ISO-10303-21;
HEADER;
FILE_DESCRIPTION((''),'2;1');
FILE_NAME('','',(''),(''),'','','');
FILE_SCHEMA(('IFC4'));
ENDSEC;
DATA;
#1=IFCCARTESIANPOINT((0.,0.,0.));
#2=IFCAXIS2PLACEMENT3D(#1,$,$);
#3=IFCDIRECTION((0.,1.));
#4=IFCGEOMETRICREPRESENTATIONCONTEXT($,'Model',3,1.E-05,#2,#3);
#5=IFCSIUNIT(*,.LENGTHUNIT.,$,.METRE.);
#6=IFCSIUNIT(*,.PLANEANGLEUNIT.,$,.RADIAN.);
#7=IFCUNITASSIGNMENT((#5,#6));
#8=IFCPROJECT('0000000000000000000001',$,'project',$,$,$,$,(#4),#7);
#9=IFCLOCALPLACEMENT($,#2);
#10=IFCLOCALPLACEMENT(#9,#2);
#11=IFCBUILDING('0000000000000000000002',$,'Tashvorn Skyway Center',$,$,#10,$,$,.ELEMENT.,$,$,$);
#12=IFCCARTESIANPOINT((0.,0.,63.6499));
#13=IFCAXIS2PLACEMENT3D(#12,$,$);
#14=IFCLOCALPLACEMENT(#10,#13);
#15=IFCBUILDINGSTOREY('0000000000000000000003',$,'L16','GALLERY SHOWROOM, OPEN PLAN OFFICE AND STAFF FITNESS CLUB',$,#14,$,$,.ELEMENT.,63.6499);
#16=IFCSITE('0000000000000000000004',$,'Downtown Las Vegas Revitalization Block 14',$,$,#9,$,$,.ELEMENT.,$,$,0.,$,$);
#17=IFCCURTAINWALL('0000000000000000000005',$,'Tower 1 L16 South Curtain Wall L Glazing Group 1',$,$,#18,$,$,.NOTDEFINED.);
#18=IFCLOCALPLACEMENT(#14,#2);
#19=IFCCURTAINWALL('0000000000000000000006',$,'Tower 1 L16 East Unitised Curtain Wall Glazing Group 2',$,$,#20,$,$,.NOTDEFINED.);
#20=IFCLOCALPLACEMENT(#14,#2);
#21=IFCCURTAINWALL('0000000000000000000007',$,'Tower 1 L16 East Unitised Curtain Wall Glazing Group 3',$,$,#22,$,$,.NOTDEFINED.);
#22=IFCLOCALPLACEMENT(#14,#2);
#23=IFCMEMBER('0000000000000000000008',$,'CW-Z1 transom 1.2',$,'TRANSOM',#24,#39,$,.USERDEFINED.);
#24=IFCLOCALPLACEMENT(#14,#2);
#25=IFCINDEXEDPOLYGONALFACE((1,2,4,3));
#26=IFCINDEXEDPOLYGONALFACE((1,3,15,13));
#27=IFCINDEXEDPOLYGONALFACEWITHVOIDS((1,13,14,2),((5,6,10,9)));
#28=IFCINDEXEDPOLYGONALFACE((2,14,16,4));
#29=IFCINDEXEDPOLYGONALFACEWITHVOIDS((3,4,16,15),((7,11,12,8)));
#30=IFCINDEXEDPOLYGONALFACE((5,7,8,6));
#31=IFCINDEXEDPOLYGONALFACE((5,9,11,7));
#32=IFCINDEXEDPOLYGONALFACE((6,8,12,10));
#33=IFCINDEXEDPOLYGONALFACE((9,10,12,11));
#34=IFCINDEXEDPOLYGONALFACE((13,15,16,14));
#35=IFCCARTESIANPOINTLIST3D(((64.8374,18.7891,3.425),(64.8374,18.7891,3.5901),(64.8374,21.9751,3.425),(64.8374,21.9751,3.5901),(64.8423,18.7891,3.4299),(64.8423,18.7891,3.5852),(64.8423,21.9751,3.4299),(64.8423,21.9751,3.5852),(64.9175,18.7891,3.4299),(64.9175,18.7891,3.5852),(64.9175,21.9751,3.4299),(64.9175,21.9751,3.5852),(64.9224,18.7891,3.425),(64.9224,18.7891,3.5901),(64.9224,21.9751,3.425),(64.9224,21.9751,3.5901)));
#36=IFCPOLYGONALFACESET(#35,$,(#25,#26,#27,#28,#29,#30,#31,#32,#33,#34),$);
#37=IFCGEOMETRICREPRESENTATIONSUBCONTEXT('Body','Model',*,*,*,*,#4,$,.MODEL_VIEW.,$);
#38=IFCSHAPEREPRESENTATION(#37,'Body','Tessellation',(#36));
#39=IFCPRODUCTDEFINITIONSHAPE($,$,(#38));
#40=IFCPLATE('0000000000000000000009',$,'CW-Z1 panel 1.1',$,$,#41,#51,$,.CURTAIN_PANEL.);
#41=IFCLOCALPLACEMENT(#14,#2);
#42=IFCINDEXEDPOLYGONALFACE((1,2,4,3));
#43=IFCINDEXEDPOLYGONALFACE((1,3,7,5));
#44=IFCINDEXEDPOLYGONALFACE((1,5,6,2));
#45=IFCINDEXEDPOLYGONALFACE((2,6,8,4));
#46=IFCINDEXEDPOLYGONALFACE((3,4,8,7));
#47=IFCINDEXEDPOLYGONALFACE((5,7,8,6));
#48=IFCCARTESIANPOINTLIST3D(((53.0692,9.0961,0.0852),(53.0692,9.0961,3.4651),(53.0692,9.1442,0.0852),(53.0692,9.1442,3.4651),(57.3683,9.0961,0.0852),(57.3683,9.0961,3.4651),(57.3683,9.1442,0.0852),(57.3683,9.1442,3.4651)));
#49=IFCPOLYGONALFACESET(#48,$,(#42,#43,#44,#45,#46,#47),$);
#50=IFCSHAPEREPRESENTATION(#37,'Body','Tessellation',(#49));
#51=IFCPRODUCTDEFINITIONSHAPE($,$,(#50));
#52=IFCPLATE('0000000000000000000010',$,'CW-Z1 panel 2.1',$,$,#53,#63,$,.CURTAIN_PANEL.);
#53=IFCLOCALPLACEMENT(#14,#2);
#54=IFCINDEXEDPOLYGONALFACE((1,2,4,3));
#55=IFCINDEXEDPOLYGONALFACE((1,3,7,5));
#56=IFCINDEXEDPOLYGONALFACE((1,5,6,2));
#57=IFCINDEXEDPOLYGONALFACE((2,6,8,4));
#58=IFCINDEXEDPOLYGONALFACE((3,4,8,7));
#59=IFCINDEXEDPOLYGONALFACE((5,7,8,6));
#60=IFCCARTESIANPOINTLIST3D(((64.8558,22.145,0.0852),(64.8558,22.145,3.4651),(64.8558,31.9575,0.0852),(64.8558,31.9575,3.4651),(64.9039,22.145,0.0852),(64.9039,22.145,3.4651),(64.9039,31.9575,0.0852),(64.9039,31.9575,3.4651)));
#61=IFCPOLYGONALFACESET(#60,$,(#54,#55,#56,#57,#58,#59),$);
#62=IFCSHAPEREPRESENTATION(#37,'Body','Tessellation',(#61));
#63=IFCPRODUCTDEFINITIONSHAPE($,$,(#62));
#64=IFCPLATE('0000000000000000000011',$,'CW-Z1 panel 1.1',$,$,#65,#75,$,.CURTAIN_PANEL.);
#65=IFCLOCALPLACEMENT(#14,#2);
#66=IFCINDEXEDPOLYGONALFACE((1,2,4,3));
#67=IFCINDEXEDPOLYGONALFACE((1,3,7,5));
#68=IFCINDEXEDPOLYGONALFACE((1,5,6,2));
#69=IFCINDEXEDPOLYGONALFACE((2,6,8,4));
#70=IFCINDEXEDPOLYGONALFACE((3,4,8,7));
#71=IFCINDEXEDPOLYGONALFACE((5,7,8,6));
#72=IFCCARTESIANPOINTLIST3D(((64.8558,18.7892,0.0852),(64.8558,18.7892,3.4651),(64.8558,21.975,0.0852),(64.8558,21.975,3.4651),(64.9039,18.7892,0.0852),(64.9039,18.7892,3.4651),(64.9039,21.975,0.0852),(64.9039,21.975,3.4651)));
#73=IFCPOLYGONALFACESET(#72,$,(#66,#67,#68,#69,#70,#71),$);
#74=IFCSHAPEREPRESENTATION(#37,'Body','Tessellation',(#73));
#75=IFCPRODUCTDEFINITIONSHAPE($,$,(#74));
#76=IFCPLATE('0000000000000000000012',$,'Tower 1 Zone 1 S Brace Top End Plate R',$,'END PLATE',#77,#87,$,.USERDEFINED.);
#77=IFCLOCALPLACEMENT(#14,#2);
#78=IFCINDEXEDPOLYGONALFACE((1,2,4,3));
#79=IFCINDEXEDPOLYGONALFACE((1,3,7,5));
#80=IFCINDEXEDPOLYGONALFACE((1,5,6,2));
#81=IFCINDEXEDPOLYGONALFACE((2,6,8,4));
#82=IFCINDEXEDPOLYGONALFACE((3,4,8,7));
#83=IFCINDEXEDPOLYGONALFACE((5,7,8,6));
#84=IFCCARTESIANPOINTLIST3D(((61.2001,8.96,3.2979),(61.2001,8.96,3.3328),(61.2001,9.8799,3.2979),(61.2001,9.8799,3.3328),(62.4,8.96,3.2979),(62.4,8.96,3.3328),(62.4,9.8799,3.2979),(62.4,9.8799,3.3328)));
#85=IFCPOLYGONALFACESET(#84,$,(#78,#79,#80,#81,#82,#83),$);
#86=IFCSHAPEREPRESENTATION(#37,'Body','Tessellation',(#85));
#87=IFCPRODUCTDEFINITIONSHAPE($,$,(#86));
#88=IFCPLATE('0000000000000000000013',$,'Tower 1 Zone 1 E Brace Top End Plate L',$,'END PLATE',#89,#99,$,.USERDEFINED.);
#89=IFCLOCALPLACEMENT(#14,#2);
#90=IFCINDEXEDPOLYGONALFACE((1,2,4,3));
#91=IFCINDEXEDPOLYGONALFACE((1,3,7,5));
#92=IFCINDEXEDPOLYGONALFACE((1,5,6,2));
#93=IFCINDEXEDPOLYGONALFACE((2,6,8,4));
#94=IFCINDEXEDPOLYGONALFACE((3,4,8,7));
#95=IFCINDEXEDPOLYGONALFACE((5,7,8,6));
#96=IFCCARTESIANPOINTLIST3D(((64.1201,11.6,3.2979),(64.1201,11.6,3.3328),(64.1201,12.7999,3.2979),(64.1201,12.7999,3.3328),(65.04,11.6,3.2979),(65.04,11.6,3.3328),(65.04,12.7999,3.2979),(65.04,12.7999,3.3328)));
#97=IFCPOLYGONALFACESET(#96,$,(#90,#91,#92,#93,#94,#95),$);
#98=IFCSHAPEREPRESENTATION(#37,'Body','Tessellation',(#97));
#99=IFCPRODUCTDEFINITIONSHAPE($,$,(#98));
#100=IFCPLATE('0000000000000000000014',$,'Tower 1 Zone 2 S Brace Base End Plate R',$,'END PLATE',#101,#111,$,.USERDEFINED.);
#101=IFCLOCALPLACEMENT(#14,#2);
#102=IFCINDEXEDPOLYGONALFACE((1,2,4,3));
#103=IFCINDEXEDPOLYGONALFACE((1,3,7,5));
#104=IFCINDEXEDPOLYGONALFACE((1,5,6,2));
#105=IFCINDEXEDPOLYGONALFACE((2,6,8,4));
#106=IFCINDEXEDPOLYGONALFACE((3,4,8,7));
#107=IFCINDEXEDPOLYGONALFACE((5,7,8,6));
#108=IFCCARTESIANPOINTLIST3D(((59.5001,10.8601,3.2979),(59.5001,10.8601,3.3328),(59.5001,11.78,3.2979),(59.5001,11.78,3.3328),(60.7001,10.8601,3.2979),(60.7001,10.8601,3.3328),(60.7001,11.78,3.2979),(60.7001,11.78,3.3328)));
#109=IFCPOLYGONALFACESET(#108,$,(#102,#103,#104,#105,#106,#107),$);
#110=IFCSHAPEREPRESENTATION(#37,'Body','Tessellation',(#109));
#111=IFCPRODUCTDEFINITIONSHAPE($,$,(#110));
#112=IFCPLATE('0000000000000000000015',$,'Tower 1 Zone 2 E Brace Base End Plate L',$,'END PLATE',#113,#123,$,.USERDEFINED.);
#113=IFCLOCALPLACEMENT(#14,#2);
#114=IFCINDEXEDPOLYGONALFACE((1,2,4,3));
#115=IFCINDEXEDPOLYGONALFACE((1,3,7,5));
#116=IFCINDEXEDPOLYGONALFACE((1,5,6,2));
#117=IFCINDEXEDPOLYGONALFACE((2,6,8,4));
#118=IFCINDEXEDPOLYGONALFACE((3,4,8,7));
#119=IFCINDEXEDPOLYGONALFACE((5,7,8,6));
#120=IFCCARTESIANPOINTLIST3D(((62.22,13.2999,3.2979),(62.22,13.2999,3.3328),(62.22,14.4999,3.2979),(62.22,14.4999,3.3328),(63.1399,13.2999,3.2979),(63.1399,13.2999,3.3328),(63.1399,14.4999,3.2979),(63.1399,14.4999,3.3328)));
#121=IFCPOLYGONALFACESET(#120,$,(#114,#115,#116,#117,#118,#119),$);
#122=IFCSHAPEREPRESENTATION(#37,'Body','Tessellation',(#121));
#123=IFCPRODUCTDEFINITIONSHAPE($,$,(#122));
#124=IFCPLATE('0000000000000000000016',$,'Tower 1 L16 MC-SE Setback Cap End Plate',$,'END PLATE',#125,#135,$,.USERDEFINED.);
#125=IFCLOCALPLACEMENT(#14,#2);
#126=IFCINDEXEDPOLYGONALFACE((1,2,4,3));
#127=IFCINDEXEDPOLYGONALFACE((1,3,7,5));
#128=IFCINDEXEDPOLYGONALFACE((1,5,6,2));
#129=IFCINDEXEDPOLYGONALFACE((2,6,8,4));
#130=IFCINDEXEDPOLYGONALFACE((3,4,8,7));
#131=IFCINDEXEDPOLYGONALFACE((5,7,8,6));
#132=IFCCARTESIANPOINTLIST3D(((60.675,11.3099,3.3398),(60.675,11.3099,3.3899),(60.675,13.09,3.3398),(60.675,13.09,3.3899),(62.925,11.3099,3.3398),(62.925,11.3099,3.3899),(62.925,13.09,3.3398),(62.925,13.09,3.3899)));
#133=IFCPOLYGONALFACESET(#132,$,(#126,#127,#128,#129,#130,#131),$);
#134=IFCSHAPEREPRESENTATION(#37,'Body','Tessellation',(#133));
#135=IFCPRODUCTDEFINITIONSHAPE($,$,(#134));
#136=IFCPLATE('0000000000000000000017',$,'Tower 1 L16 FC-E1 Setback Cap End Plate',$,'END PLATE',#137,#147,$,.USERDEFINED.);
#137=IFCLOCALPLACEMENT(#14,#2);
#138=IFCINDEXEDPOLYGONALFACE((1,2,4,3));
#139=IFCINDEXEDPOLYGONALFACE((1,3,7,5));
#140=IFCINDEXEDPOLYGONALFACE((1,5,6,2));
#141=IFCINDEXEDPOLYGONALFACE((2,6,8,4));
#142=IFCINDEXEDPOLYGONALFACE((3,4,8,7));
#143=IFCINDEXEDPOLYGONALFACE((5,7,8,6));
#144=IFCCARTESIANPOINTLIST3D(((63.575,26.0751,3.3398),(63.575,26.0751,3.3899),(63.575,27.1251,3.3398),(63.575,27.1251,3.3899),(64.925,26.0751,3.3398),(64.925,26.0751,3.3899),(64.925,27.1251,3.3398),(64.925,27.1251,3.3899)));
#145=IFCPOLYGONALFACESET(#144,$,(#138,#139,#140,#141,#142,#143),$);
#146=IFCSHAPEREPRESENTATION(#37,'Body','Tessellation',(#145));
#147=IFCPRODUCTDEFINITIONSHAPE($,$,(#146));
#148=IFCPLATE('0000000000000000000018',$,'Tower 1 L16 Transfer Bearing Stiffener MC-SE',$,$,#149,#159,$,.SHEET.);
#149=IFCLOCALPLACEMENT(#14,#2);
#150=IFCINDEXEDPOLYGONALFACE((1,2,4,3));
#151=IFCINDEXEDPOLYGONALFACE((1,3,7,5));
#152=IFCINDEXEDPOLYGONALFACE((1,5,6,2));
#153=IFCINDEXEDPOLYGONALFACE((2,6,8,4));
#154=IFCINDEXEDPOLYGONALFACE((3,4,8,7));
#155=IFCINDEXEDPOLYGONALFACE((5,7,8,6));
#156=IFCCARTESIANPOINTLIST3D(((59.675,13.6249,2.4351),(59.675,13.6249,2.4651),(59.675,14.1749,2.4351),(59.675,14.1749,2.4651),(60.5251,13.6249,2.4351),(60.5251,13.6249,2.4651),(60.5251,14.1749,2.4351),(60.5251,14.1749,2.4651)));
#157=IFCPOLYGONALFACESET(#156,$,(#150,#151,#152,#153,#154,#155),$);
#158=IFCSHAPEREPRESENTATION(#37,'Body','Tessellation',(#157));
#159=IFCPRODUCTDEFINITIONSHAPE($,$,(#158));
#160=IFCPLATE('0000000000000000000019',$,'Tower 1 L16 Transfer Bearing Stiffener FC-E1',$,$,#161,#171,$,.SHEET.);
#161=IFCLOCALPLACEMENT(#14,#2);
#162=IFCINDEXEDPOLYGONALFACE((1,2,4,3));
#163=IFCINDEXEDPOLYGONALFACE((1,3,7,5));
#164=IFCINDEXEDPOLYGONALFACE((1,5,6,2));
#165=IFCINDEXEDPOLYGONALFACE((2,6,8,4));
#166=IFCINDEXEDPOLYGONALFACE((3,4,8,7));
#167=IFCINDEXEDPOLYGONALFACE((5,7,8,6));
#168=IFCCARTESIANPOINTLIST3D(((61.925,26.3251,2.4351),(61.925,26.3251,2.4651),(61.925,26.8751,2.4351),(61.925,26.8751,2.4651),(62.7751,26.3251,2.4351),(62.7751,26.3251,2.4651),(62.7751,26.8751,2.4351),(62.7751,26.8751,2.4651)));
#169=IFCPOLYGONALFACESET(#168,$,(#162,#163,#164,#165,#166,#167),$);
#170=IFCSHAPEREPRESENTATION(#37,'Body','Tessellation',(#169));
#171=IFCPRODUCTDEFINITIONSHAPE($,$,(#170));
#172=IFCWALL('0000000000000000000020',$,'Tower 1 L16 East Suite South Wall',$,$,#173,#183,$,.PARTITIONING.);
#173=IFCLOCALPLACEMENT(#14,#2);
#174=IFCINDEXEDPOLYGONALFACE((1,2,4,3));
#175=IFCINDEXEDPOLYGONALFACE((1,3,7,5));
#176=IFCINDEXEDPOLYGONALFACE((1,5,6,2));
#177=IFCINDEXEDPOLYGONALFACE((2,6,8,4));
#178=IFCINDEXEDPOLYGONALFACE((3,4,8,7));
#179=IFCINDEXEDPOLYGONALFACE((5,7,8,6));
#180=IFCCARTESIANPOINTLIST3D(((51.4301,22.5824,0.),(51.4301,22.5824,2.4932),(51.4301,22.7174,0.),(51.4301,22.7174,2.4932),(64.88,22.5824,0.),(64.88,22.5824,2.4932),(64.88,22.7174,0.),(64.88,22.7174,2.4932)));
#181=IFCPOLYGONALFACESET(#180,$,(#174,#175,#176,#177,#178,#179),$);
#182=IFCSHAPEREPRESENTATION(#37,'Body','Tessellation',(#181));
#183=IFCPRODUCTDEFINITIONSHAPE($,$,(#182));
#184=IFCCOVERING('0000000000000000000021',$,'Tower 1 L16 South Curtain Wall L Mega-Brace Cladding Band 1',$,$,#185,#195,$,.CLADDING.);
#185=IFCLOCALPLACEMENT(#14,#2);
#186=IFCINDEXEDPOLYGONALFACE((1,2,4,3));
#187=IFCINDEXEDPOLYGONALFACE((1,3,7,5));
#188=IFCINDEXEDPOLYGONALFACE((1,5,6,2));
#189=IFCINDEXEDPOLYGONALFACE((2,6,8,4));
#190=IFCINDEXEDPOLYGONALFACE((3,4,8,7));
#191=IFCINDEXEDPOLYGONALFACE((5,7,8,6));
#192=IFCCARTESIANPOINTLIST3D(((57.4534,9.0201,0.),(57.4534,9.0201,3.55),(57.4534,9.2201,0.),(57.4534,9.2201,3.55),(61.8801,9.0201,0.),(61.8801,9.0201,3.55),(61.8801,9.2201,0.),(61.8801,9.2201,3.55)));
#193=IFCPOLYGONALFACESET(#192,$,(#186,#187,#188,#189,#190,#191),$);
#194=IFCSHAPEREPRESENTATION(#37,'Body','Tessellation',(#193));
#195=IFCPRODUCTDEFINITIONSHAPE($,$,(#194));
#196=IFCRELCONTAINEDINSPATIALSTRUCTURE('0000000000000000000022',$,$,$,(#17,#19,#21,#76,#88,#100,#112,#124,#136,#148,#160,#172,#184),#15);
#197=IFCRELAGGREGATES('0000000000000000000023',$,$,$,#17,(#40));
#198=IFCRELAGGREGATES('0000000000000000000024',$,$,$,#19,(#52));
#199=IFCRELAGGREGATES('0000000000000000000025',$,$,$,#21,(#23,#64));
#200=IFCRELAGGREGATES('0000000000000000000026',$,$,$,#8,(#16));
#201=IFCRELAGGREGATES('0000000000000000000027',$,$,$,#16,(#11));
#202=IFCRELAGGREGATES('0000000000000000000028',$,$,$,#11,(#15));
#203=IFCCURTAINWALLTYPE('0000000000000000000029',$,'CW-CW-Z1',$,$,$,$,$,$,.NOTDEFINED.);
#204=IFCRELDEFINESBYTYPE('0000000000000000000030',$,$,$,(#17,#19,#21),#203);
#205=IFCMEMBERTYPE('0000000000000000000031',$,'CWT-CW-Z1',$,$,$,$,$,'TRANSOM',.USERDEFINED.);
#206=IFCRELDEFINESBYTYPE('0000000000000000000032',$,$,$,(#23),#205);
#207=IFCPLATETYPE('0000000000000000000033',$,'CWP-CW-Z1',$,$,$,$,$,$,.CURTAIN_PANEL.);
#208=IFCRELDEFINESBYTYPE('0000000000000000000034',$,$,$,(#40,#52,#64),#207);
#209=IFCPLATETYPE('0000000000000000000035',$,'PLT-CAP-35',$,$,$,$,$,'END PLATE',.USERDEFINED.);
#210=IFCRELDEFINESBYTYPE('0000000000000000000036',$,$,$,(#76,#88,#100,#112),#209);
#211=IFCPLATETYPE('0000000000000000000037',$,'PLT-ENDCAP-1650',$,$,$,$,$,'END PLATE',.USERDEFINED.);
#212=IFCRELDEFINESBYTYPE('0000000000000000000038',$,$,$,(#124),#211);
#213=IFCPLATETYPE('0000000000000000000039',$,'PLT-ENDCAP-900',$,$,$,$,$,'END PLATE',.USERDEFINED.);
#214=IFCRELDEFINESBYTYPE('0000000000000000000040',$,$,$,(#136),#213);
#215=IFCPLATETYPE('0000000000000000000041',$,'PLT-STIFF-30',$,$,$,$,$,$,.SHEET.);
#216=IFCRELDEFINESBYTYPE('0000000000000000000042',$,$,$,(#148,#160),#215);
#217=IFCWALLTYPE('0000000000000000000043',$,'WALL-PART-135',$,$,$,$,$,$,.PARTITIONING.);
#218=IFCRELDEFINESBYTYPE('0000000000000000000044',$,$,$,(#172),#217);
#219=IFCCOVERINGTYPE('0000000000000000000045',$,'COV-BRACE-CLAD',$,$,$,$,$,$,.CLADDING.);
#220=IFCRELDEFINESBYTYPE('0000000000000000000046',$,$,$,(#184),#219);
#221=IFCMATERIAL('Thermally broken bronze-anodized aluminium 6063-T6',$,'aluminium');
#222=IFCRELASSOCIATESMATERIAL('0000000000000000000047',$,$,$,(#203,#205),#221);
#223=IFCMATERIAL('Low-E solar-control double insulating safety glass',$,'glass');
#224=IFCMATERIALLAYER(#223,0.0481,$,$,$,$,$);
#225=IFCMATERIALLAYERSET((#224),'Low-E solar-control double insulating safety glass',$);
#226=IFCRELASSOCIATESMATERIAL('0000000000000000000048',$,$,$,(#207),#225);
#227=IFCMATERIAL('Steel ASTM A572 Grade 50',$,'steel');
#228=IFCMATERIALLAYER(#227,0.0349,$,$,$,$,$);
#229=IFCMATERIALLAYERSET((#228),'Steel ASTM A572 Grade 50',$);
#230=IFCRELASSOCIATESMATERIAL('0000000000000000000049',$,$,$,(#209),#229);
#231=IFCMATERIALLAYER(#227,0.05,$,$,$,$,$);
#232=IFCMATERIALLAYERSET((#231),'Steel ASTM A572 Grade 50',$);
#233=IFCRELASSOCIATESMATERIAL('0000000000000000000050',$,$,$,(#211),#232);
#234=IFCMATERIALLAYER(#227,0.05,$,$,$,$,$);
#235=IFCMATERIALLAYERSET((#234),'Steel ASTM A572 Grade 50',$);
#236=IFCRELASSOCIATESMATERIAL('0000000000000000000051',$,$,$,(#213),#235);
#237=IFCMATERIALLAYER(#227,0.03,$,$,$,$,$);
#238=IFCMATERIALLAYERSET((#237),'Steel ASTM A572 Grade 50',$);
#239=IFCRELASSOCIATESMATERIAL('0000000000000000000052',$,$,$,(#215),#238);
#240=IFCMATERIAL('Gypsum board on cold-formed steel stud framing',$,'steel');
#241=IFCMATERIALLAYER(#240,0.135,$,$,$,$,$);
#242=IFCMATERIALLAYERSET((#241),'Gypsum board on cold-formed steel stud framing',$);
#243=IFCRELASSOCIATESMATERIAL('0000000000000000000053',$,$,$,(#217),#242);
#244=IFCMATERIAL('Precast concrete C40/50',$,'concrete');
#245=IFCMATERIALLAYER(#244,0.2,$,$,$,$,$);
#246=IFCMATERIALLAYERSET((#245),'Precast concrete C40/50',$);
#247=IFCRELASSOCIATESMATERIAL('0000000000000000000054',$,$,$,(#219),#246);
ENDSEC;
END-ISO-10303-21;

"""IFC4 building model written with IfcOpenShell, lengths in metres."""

from ifc_helpers import new_model, si_unit, direction, frame, frame_2d, origin, origin_2d, place, context, subcontext, project, spatial, rectangle, hollow_rectangle, extrude, material, layer, layer_set, material_profile, profile_set, type_object, element, aggregate, save


model = new_model("IFC4")

# Units and contexts
model_context = context("Model", 3, precision=1e-05, world=origin(), true_north=direction((0.0, 1.0)))
body_context = subcontext(model_context, "Body", "Model", "MODEL_VIEW")
ifc_project = project(units=[si_unit("LENGTHUNIT", "METRE"), si_unit("PLANEANGLEUNIT", "RADIAN")], contexts=[model_context])

# Site, building, storey
site_placement = place(None, origin())
site = spatial("IfcSite", under=ifc_project, at=site_placement, Name="Downtown Las Vegas Revitalization Block 14", CompositionType="ELEMENT", RefElevation=0.0)
building_placement = place(site_placement, origin())
building = spatial("IfcBuilding", under=site, at=building_placement, Name="Tashvorn Skyway Center", CompositionType="ELEMENT")
storey_placement = place(building_placement, frame((0.0, 0.0, 63.6499)))
storey = spatial("IfcBuildingStorey", under=building, at=storey_placement, Name="L16", Description="GALLERY SHOWROOM, OPEN PLAN OFFICE AND STAFF FITNESS CLUB", CompositionType="ELEMENT", Elevation=63.6499)

# Shared definitions
ifc_material_1 = material(Name="Steel ASTM A572 Grade 50", Category="steel")

# Curtain walls
ifc_material_2 = material(Name="Thermally broken bronze-anodized aluminium 6063-T6", Category="aluminium")
curtain_wall_type = type_object("IfcCurtainWallType", Name="CW-CW-Z1", PredefinedType="NOTDEFINED", material=ifc_material_2)
curtain_wall_1_placement = place(storey_placement, origin())
curtain_wall_1 = element("IfcCurtainWall", 1, at=curtain_wall_1_placement, inside=storey, type_object=curtain_wall_type, Name="Tower 1 L16 South Curtain Wall L Glazing Group 1", PredefinedType="NOTDEFINED")
curtain_wall_2_placement = place(storey_placement, origin())
curtain_wall_2 = element("IfcCurtainWall", 2, at=curtain_wall_2_placement, inside=storey, type_object=curtain_wall_type, Name="Tower 1 L16 East Unitised Curtain Wall Glazing Group 2", PredefinedType="NOTDEFINED")
curtain_wall_3_placement = place(storey_placement, origin())
curtain_wall_3 = element("IfcCurtainWall", 3, at=curtain_wall_3_placement, inside=storey, type_object=curtain_wall_type, Name="Tower 1 L16 East Unitised Curtain Wall Glazing Group 3", PredefinedType="NOTDEFINED")

# Member
ifc_material_profile_1 = material_profile(ifc_material_2, hollow_rectangle(XDim=0.085, YDim=0.165, WallThickness=0.0049, at=origin_2d()), Name="ALU-TRAN-85x165")
ifc_profile_set_1 = profile_set([ifc_material_profile_1], Name="Thermally broken bronze-anodized aluminium 6063-T6")
member_type_1 = type_object("IfcMemberType", Name="CWT-CW-Z1", ElementType="TRANSOM", PredefinedType="USERDEFINED", material=ifc_profile_set_1)
member_1_placement = place(storey_placement, frame((64.8799, 21.9751, 3.5076), z_axis=(0.0, -1.0, 0.0), x_axis=(1.0, 0.0, 0.0)))
member_1 = element("IfcMember", 4, at=member_1_placement, type_object=member_type_1, Name="CW-Z1 transom 1.2", ObjectType="TRANSOM", PredefinedType="USERDEFINED", context=body_context, shape_type="SweptSolid", body=[
    extrude(hollow_rectangle(XDim=0.085, YDim=0.165, WallThickness=0.0049, at=origin_2d()), origin(), (0.0, 0.0, 1.0), 3.186),
])

# Plates
ifc_material_3 = material(Name="Low-E solar-control double insulating safety glass", Category="glass")
ifc_layer_1 = layer(ifc_material_3, 0.0481)
ifc_layer_set_1 = layer_set([ifc_layer_1], Name="Low-E solar-control double insulating safety glass")
plate_type_1 = type_object("IfcPlateType", Name="CWP-CW-Z1", PredefinedType="CURTAIN_PANEL", material=ifc_layer_set_1)
plate_1_placement = place(storey_placement, frame((55.2188, 9.1201, 0.0852), z_axis=(0.0, 0.0, 1.0), x_axis=(-1.0, 0.0, 0.0)))
plate_1 = element("IfcPlate", 5, at=plate_1_placement, type_object=plate_type_1, Name="CW-Z1 panel 1.1", PredefinedType="CURTAIN_PANEL", context=body_context, shape_type="SweptSolid", body=[
    extrude(rectangle(XDim=4.2991, YDim=0.0481, at=origin_2d()), origin(), (0.0, 0.0, 1.0), 3.3799),
])
aggregate(curtain_wall_1, [plate_1])
plate_2_placement = place(storey_placement, frame((64.8799, 27.0513, 0.0852), z_axis=(0.0, 0.0, 1.0), x_axis=(0.0, -1.0, 0.0)))
plate_2 = element("IfcPlate", 6, at=plate_2_placement, type_object=plate_type_1, Name="CW-Z1 panel 2.1", PredefinedType="CURTAIN_PANEL", context=body_context, shape_type="SweptSolid", body=[
    extrude(rectangle(XDim=9.8125, YDim=0.0481, at=origin_2d()), origin(), (0.0, 0.0, 1.0), 3.3799),
])
aggregate(curtain_wall_2, [plate_2])
plate_3_placement = place(storey_placement, frame((64.8799, 20.3821, 0.0852), z_axis=(0.0, 0.0, 1.0), x_axis=(0.0, -1.0, 0.0)))
plate_3 = element("IfcPlate", 7, at=plate_3_placement, type_object=plate_type_1, Name="CW-Z1 panel 1.1", PredefinedType="CURTAIN_PANEL", context=body_context, shape_type="SweptSolid", body=[
    extrude(rectangle(XDim=3.1858, YDim=0.0481, at=origin_2d()), origin(), (0.0, 0.0, 1.0), 3.3799),
])
aggregate(curtain_wall_3, [member_1, plate_3])

# Plates
ifc_layer_2 = layer(ifc_material_1, 0.0349)
ifc_layer_set_2 = layer_set([ifc_layer_2], Name="Steel ASTM A572 Grade 50")
plate_type_2 = type_object("IfcPlateType", Name="PLT-CAP-35", ElementType="END PLATE", PredefinedType="USERDEFINED", material=ifc_layer_set_2)
for number, where, z_axis, x_axis, name in (
    (8, (61.8, 9.4199, 3.2979), (0.0, 0.0, 1.0), (1.0, 0.0, 0.0), "Tower 1 Zone 1 S Brace Top End Plate R"),
    (9, (64.5801, 12.2, 3.2979), (0.0, 0.0, 1.0), (0.0, 1.0, 0.0), "Tower 1 Zone 1 E Brace Top End Plate L"),
    (10, (60.1001, 11.3201, 3.2979), (0.0, 0.0, 1.0), (1.0, 0.0, 0.0), "Tower 1 Zone 2 S Brace Base End Plate R"),
    (11, (62.6799, 13.8999, 3.2979), (0.0, 0.0, 1.0), (0.0, 1.0, 0.0), "Tower 1 Zone 2 E Brace Base End Plate L"),
):
    element("IfcPlate", number, at=place(storey_placement, frame(where, z_axis=z_axis, x_axis=x_axis)), inside=storey, type_object=plate_type_2, Name=name, ObjectType="END PLATE", PredefinedType="USERDEFINED", context=body_context, shape_type="SweptSolid", body=[
        extrude(rectangle(XDim=1.2, YDim=0.9199, at=origin_2d()), origin(), (0.0, 0.0, 1.0), 0.0349),
    ])
ifc_layer_3 = layer(ifc_material_1, 0.05)
ifc_layer_set_3 = layer_set([ifc_layer_3], Name="Steel ASTM A572 Grade 50")
plate_type_3 = type_object("IfcPlateType", Name="PLT-ENDCAP-1650", ElementType="END PLATE", PredefinedType="USERDEFINED", material=ifc_layer_set_3)
plate_4_placement = place(storey_placement, frame((61.8, 12.2, 3.3398), z_axis=(0.0, 0.0, 1.0), x_axis=(1.0, 0.0, 0.0)))
element("IfcPlate", 12, at=plate_4_placement, inside=storey, type_object=plate_type_3, Name="Tower 1 L16 MC-SE Setback Cap End Plate", ObjectType="END PLATE", PredefinedType="USERDEFINED", context=body_context, shape_type="SweptSolid", body=[
    extrude(rectangle(XDim=2.25, YDim=1.78, at=origin_2d()), origin(), (0.0, 0.0, 1.0), 0.05),
])
ifc_layer_4 = layer(ifc_material_1, 0.05)
ifc_layer_set_4 = layer_set([ifc_layer_4], Name="Steel ASTM A572 Grade 50")
plate_type_4 = type_object("IfcPlateType", Name="PLT-ENDCAP-900", ElementType="END PLATE", PredefinedType="USERDEFINED", material=ifc_layer_set_4)
plate_5_placement = place(storey_placement, frame((64.25, 26.6001, 3.3398), z_axis=(0.0, 0.0, 1.0), x_axis=(1.0, 0.0, 0.0)))
element("IfcPlate", 13, at=plate_5_placement, inside=storey, type_object=plate_type_4, Name="Tower 1 L16 FC-E1 Setback Cap End Plate", ObjectType="END PLATE", PredefinedType="USERDEFINED", context=body_context, shape_type="SweptSolid", body=[
    extrude(rectangle(XDim=1.3501, YDim=1.05, at=origin_2d()), origin(), (0.0, 0.0, 1.0), 0.05),
])
ifc_layer_5 = layer(ifc_material_1, 0.03)
ifc_layer_set_5 = layer_set([ifc_layer_5], Name="Steel ASTM A572 Grade 50")
plate_type_5 = type_object("IfcPlateType", Name="PLT-STIFF-30", PredefinedType="SHEET", material=ifc_layer_set_5)
for number, where, z_axis, x_axis, name in (
    (14, (60.1001, 13.8999, 2.4351), (0.0, 0.0, 1.0), (1.0, 0.0, 0.0), "Tower 1 L16 Transfer Bearing Stiffener MC-SE"),
    (15, (62.3501, 26.6001, 2.4351), (0.0, 0.0, 1.0), (1.0, 0.0, 0.0), "Tower 1 L16 Transfer Bearing Stiffener FC-E1"),
):
    element("IfcPlate", number, at=place(storey_placement, frame(where, z_axis=z_axis, x_axis=x_axis)), inside=storey, type_object=plate_type_5, Name=name, PredefinedType="SHEET", context=body_context, shape_type="SweptSolid", body=[
        extrude(rectangle(XDim=0.8501, YDim=0.55, at=origin_2d()), origin(), (0.0, 0.0, 1.0), 0.03),
    ])

# Wall
ifc_material_4 = material(Name="Gypsum board on cold-formed steel stud framing", Category="steel")
ifc_layer_6 = layer(ifc_material_4, 0.135)
ifc_layer_set_6 = layer_set([ifc_layer_6], Name="Gypsum board on cold-formed steel stud framing")
wall_type = type_object("IfcWallType", Name="WALL-PART-135", PredefinedType="PARTITIONING", material=ifc_layer_set_6)
wall_placement = place(storey_placement, frame((51.4299, 22.6499, 0.0), z_axis=(0.0, 0.0, 1.0), x_axis=(1.0, 0.0, 0.0)))
element("IfcWall", 16, at=wall_placement, inside=storey, type_object=wall_type, Name="Tower 1 L16 East Suite South Wall", PredefinedType="PARTITIONING", context=body_context, shape_type="SweptSolid", body=[
    extrude(rectangle(XDim=13.45, YDim=0.135, at=frame_2d((6.7251, 0.0))), origin(), (0.0, 0.0, 1.0), 2.4932),
])

# Covering
ifc_material_5 = material(Name="Precast concrete C40/50", Category="concrete")
ifc_layer_7 = layer(ifc_material_5, 0.2)
ifc_layer_set_7 = layer_set([ifc_layer_7], Name="Precast concrete C40/50")
covering_type_1 = type_object("IfcCoveringType", Name="COV-BRACE-CLAD", PredefinedType="CLADDING", material=ifc_layer_set_7)
covering_1_placement = place(storey_placement, frame((59.6667, 9.1201, 0.0), z_axis=(0.0, 0.0, 1.0), x_axis=(-1.0, 0.0, 0.0)))
element("IfcCovering", 17, at=covering_1_placement, inside=storey, type_object=covering_type_1, Name="Tower 1 L16 South Curtain Wall L Mega-Brace Cladding Band 1", PredefinedType="CLADDING", context=body_context, shape_type="SweptSolid", body=[
    extrude(rectangle(XDim=4.4268, YDim=0.2, at=origin_2d()), origin(), (0.0, 0.0, 1.0), 3.55),
])

save(model, "model.ifc")
